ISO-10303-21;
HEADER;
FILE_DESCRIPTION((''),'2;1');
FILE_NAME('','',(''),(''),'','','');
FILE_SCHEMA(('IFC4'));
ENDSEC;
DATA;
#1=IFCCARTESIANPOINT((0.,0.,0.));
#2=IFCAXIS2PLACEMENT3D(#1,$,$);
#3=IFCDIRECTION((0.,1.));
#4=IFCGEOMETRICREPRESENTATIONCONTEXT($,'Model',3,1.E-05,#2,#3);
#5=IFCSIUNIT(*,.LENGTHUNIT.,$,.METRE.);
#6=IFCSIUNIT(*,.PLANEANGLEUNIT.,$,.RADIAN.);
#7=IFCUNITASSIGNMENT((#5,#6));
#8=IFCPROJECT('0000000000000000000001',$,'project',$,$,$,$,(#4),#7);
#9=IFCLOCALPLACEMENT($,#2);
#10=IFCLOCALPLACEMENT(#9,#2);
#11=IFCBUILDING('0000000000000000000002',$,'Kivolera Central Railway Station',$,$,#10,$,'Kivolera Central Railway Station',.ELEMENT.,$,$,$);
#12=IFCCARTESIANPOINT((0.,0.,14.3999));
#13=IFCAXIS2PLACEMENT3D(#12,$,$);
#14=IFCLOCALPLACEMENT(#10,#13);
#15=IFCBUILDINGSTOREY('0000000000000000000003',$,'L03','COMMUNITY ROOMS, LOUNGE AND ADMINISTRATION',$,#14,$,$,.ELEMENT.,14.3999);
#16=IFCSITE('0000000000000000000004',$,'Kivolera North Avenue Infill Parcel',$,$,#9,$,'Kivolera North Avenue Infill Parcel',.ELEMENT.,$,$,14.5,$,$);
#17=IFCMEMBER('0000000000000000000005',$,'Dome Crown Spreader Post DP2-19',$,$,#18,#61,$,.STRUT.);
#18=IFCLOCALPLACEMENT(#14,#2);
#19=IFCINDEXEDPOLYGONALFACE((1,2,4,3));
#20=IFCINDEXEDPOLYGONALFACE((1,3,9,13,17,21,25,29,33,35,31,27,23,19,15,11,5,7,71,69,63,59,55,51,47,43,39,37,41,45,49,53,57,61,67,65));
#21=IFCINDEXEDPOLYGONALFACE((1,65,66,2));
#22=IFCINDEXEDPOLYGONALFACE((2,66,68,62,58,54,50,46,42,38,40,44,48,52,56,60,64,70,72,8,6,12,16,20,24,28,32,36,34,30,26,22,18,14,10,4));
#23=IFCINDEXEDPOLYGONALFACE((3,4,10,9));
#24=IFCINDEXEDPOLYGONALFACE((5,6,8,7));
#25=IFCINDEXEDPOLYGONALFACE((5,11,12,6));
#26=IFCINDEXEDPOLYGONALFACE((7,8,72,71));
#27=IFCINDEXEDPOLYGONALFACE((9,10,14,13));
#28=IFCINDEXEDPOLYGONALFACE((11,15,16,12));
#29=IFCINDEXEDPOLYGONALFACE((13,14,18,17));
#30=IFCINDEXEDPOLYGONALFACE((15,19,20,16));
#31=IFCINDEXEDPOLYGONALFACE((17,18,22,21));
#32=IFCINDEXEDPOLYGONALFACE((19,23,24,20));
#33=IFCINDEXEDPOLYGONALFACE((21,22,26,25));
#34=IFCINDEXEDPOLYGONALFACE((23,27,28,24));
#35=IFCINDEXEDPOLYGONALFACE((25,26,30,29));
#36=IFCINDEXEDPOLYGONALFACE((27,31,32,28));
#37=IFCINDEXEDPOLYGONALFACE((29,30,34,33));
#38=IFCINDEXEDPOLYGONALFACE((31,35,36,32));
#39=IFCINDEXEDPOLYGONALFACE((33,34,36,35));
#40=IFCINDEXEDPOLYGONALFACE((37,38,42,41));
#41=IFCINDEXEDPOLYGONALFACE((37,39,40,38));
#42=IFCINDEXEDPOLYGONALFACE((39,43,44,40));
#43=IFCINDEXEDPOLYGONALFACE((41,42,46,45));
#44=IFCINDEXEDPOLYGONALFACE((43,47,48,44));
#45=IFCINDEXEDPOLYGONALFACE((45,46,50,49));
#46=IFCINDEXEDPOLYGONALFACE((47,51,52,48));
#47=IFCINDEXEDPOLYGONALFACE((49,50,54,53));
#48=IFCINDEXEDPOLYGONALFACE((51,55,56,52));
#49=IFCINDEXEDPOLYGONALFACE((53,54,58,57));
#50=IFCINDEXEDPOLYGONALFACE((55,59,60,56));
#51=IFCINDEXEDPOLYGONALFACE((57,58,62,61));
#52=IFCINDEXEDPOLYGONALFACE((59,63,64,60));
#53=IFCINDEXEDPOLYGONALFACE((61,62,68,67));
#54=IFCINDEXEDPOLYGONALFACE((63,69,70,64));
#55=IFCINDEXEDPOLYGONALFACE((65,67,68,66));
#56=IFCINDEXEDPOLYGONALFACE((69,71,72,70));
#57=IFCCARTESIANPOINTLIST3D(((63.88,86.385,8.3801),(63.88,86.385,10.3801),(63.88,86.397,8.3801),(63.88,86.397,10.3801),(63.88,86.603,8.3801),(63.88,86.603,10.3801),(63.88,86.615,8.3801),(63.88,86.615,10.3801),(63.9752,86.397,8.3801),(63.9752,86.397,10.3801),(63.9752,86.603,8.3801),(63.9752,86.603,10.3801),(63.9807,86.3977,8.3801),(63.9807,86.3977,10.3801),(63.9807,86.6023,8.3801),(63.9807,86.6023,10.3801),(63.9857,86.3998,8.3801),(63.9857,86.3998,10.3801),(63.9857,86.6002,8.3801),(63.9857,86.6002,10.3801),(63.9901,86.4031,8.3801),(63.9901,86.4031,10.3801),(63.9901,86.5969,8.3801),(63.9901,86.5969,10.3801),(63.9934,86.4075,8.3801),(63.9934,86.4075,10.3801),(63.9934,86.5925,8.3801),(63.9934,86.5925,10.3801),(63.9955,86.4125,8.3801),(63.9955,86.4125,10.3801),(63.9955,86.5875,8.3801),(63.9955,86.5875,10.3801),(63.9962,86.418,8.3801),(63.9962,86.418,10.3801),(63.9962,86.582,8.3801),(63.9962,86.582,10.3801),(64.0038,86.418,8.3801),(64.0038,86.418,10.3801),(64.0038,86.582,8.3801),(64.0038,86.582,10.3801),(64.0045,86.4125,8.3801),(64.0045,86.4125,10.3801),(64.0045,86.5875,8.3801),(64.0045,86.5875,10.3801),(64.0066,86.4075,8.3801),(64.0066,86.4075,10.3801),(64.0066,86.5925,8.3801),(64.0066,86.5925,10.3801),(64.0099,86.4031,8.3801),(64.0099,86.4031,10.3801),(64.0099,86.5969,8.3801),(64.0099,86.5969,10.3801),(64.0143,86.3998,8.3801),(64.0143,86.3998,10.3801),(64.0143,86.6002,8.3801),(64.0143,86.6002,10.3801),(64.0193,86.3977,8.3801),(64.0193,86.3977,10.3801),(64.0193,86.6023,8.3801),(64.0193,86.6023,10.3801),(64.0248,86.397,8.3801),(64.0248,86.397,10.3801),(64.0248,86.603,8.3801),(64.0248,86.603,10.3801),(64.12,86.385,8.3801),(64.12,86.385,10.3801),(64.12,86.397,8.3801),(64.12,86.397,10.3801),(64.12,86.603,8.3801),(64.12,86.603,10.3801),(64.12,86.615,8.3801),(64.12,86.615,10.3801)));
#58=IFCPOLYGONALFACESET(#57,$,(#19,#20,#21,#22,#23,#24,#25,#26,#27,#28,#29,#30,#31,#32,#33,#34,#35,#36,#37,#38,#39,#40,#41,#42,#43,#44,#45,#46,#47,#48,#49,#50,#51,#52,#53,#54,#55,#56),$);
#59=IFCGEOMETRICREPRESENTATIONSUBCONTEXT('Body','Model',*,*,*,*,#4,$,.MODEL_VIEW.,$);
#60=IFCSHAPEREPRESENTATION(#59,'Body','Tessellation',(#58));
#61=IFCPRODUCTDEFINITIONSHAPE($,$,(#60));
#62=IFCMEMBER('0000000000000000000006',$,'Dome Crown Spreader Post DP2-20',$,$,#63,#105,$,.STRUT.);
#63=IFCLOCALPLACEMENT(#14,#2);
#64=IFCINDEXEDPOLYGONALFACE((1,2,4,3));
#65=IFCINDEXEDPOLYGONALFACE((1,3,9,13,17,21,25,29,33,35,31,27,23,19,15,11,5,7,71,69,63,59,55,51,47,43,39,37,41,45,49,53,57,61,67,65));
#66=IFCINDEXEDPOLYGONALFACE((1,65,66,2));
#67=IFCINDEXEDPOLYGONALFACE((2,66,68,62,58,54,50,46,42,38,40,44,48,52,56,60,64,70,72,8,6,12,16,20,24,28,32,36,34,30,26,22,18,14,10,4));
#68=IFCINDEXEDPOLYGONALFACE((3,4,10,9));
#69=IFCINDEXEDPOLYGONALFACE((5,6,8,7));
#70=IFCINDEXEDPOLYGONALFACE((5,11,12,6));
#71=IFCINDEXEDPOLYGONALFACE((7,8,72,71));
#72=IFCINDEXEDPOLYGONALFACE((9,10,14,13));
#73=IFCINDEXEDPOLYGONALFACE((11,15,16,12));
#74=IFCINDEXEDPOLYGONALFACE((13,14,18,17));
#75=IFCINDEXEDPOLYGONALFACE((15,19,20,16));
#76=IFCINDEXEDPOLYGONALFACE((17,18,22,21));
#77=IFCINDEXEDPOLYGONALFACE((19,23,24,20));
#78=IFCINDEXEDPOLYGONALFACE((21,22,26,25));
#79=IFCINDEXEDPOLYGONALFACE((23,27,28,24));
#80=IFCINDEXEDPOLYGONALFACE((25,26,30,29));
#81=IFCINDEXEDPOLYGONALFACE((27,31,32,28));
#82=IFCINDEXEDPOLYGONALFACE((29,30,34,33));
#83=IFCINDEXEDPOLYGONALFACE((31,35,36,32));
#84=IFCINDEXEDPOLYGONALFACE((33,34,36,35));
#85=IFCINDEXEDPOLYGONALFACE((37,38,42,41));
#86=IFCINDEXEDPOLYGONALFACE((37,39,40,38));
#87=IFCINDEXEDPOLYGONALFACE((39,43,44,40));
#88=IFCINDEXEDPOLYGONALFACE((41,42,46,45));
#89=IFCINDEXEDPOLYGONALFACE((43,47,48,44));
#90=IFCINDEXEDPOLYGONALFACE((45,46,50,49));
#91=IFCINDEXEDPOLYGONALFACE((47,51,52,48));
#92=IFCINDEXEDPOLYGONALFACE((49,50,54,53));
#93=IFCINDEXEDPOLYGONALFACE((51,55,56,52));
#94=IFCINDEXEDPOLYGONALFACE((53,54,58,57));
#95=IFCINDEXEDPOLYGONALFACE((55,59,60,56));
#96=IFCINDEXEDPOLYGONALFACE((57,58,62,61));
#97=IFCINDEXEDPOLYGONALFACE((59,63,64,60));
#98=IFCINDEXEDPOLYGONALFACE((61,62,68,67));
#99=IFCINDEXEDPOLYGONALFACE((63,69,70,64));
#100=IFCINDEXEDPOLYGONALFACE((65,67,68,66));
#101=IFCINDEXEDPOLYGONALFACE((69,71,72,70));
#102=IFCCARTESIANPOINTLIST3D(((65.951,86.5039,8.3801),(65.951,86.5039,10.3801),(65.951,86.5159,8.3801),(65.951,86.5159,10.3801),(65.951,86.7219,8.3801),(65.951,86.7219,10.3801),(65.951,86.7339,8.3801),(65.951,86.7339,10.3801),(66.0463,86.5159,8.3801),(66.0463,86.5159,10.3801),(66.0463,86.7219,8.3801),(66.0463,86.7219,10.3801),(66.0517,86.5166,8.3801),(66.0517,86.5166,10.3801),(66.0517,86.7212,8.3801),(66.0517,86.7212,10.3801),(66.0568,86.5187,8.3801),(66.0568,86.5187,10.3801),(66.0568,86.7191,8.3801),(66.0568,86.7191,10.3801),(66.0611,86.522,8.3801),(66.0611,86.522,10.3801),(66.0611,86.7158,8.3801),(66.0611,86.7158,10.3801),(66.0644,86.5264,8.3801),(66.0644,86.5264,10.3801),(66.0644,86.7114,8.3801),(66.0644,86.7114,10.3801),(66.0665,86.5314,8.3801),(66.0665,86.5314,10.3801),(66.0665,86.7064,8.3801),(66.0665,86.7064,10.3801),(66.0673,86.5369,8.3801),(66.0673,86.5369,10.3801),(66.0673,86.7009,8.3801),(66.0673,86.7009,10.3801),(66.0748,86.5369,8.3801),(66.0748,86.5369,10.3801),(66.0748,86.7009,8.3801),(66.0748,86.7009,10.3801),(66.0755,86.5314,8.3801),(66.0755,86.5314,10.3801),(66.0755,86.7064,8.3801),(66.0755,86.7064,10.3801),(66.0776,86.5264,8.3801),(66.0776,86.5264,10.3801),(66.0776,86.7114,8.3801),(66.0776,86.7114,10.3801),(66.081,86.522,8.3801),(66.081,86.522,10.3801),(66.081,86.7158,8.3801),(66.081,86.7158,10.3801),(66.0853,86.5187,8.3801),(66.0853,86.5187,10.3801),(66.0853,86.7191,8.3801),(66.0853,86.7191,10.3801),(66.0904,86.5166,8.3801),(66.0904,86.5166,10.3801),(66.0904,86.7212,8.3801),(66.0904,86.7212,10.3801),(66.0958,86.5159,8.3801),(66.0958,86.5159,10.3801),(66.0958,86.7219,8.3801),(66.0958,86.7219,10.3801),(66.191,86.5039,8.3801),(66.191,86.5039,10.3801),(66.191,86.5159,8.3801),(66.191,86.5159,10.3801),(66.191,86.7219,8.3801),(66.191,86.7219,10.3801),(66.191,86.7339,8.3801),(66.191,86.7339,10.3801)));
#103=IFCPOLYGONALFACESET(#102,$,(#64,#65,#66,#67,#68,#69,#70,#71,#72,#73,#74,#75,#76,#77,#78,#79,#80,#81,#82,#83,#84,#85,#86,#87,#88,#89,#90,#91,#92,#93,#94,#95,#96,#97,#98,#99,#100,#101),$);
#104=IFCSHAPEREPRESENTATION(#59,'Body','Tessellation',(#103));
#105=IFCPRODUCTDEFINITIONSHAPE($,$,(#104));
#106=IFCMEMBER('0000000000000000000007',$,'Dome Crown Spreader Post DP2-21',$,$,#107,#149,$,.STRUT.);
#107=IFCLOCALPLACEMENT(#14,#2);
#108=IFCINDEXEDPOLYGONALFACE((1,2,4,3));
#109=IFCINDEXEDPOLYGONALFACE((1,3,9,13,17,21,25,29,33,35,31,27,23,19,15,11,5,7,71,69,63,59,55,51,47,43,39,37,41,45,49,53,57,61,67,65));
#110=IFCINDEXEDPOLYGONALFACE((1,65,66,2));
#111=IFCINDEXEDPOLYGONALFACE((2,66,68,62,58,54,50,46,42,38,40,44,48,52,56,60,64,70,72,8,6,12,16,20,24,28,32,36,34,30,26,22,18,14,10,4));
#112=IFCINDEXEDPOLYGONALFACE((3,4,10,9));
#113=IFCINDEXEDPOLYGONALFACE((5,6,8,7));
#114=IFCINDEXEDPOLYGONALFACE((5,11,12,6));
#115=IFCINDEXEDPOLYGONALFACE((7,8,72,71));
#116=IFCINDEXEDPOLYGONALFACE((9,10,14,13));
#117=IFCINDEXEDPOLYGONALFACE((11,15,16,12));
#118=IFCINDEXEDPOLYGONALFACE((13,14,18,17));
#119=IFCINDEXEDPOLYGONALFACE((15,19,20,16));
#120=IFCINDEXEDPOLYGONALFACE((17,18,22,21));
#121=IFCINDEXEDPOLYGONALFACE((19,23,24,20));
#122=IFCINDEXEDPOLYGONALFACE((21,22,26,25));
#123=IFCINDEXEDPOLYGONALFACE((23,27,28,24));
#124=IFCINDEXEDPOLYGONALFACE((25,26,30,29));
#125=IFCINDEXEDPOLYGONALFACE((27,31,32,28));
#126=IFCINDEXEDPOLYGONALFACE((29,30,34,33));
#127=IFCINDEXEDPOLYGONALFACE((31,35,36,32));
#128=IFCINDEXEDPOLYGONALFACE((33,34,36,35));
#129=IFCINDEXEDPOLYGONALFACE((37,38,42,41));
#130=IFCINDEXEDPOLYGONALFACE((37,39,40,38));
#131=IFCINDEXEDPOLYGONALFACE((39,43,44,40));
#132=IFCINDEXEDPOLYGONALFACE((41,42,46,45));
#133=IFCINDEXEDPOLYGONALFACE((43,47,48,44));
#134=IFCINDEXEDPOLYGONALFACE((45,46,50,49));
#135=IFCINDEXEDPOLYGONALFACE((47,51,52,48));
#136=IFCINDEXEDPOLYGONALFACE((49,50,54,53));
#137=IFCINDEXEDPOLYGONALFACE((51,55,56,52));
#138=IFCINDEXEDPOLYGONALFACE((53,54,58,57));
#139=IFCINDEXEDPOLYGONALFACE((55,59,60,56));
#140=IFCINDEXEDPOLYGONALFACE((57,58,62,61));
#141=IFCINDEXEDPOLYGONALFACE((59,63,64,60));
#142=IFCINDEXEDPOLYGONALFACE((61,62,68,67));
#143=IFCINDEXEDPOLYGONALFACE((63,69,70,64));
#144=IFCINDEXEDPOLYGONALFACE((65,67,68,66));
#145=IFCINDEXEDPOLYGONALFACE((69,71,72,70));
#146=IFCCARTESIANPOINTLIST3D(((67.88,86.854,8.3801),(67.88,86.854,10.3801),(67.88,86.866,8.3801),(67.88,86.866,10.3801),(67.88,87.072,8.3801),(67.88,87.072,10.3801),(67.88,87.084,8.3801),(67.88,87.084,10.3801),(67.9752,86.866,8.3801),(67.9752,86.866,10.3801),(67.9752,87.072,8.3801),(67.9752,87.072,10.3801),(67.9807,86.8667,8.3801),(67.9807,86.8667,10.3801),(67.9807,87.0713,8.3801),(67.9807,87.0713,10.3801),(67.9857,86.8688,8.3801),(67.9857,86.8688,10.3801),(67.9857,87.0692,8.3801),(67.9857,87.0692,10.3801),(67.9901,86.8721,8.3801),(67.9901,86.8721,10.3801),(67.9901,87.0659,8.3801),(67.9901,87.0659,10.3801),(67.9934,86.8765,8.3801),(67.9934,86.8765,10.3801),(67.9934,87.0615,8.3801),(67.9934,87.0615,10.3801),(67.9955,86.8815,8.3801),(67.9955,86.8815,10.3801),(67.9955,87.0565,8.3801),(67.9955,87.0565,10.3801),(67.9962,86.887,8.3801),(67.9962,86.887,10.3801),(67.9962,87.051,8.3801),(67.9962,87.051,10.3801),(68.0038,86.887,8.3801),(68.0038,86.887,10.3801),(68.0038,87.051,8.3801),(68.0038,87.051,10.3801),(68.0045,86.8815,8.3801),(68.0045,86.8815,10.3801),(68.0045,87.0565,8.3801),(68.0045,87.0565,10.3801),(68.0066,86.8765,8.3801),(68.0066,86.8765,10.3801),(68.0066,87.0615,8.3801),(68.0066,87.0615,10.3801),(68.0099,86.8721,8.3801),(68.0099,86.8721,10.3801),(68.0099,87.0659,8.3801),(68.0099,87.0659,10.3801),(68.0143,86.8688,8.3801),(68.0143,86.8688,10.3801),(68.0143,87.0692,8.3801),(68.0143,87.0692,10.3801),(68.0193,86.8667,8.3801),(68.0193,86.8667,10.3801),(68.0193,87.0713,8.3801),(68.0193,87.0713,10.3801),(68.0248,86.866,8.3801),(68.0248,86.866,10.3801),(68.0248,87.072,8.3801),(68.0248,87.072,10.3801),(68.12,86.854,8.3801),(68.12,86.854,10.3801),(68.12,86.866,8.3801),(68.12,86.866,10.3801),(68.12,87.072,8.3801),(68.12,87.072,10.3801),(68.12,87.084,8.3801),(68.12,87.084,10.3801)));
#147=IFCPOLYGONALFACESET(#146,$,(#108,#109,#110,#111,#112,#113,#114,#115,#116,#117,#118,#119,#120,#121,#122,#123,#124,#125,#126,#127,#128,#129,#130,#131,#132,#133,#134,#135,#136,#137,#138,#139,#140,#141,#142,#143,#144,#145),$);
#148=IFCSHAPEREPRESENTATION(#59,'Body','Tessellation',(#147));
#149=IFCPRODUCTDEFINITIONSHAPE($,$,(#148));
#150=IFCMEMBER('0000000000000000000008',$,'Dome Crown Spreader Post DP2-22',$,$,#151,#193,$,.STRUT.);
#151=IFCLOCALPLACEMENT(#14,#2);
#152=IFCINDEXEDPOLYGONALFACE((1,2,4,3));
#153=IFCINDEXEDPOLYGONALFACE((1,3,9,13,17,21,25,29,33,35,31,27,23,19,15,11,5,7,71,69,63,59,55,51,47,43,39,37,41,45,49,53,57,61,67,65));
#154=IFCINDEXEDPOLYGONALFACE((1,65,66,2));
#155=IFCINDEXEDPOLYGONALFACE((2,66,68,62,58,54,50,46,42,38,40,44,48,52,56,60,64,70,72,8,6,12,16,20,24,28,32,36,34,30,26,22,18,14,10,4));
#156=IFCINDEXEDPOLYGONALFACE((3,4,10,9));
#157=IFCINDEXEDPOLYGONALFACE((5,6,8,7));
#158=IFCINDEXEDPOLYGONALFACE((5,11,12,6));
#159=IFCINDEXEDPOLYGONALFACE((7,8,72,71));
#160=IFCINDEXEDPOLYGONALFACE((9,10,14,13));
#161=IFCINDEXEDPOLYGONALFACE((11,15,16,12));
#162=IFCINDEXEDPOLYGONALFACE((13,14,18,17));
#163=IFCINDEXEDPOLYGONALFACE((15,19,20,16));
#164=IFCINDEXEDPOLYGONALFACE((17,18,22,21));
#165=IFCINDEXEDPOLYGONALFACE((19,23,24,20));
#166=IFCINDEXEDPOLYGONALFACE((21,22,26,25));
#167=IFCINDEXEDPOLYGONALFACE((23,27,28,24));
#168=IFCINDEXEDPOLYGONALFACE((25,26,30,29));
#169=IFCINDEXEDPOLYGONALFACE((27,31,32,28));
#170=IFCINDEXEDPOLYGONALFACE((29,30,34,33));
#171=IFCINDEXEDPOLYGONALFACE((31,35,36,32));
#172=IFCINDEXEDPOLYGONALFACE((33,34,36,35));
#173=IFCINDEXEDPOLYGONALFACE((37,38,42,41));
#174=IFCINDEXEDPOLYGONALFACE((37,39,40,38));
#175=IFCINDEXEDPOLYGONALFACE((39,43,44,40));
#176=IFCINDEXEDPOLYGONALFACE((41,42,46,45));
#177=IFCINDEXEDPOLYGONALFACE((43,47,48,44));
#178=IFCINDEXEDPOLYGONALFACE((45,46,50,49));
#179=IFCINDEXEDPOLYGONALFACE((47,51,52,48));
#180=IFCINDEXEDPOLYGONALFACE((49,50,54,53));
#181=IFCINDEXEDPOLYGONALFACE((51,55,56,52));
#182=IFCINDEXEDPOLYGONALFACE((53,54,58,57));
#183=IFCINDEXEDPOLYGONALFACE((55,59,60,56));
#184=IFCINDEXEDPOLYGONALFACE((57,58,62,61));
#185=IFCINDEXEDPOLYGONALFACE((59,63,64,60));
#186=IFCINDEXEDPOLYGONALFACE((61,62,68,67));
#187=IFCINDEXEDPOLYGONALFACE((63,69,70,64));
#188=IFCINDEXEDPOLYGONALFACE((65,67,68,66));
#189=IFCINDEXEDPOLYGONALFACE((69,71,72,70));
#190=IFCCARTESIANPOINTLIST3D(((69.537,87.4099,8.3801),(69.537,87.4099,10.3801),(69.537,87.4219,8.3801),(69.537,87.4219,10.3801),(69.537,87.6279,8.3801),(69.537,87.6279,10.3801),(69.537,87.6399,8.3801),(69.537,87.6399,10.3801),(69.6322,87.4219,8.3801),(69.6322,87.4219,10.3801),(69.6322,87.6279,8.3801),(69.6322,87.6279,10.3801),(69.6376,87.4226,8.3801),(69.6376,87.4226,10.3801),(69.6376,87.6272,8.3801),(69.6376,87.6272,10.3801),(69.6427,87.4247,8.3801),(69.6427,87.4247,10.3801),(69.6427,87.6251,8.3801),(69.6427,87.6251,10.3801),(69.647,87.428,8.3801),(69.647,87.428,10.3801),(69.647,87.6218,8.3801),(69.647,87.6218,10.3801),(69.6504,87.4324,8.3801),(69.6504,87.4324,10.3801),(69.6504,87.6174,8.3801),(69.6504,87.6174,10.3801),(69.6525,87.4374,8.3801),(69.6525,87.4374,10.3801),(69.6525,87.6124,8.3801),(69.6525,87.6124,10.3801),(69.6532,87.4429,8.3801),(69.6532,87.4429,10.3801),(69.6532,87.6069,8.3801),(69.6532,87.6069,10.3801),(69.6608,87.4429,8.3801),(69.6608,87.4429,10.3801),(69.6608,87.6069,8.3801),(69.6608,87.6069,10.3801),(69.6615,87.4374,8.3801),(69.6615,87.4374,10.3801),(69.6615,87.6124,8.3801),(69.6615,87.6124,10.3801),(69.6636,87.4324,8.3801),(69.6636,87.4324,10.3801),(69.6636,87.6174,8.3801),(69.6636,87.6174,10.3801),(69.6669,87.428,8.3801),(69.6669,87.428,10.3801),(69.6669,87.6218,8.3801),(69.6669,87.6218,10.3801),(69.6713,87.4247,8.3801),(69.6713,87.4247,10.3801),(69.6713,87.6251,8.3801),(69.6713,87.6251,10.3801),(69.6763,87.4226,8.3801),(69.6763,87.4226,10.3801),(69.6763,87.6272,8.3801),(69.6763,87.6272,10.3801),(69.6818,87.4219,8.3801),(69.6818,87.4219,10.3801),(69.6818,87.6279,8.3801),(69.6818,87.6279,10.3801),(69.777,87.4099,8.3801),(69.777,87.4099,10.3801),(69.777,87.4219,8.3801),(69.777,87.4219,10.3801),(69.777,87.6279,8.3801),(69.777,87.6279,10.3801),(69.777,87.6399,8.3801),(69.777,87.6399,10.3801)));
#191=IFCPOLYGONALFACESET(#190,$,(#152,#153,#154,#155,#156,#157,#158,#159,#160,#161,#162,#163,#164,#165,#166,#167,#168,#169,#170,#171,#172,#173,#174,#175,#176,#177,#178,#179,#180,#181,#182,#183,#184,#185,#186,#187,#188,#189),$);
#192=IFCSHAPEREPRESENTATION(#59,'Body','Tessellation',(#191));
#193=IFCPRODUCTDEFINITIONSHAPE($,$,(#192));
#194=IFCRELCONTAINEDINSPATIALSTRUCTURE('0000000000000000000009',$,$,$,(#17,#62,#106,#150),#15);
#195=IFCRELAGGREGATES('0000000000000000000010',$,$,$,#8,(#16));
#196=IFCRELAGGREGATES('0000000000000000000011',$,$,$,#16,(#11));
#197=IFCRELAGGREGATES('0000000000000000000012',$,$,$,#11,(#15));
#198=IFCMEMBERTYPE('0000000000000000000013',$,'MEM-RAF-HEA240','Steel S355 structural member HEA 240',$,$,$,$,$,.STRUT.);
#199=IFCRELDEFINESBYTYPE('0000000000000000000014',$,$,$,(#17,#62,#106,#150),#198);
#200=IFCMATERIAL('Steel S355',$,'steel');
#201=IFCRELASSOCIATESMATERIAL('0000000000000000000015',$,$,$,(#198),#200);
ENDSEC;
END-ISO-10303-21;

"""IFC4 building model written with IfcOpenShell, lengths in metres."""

from ifc_helpers import new_model, si_unit, direction, frame, origin, origin_2d, place, context, subcontext, project, spatial, i_section, extrude, material, material_profile, profile_set, type_object, element, save


model = new_model("IFC4")

# Units and contexts
model_context = context("Model", 3, precision=1e-05, world=origin(), true_north=direction((0.0, 1.0)))
body_context = subcontext(model_context, "Body", "Model", "MODEL_VIEW")
ifc_project = project(units=[si_unit("LENGTHUNIT", "METRE"), si_unit("PLANEANGLEUNIT", "RADIAN")], contexts=[model_context])

# Site, building, storey
site_placement = place(None, origin())
site = spatial("IfcSite", under=ifc_project, at=site_placement, Name="Kivolera North Avenue Infill Parcel", LongName="Kivolera North Avenue Infill Parcel", CompositionType="ELEMENT", RefElevation=14.5)
building_placement = place(site_placement, origin())
building = spatial("IfcBuilding", under=site, at=building_placement, Name="Kivolera Central Railway Station", LongName="Kivolera Central Railway Station", CompositionType="ELEMENT")
storey_placement = place(building_placement, frame((0.0, 0.0, 14.3999)))
storey = spatial("IfcBuildingStorey", under=building, at=storey_placement, Name="L03", Description="COMMUNITY ROOMS, LOUNGE AND ADMINISTRATION", CompositionType="ELEMENT", Elevation=14.3999)

# Shared definitions
ifc_material_1 = material(Name="Steel S355", Category="steel")

# Members
ifc_material_profile_1 = material_profile(ifc_material_1, i_section(OverallWidth=0.24, OverallDepth=0.23, WebThickness=0.0076, FlangeThickness=0.012, FilletRadius=0.021, at=origin_2d()), Name="HEA 240")
ifc_profile_set_1 = profile_set([ifc_material_profile_1], Name="Steel S355")
member_type_1 = type_object("IfcMemberType", Name="MEM-RAF-HEA240", Description="Steel S355 structural member HEA 240", PredefinedType="STRUT", material=ifc_profile_set_1)
for number, where, z_axis, x_axis, name in (
    (1, (64.0, 86.5, 8.3801), (0.0, 0.0, 1.0), (1.0, 0.0, 0.0), "Dome Crown Spreader Post DP2-19"),
    (2, (66.071, 86.6189, 8.3801), (0.0, 0.0, 1.0), (1.0, 0.0, 0.0), "Dome Crown Spreader Post DP2-20"),
    (3, (68.0, 86.969, 8.3801), (0.0, 0.0, 1.0), (1.0, 0.0, 0.0), "Dome Crown Spreader Post DP2-21"),
    (4, (69.657, 87.5249, 8.3801), (0.0, 0.0, 1.0), (1.0, 0.0, 0.0), "Dome Crown Spreader Post DP2-22"),
):
    element("IfcMember", number, at=place(storey_placement, frame(where, z_axis=z_axis, x_axis=x_axis)), inside=storey, type_object=member_type_1, Name=name, PredefinedType="STRUT", context=body_context, shape_type="SweptSolid", body=[
        extrude(i_section(OverallWidth=0.24, OverallDepth=0.23, WebThickness=0.0076, FlangeThickness=0.012, FilletRadius=0.021, at=origin_2d()), origin(), (0.0, 0.0, 1.0), 2.0),
    ])

save(model, "model.ifc")
